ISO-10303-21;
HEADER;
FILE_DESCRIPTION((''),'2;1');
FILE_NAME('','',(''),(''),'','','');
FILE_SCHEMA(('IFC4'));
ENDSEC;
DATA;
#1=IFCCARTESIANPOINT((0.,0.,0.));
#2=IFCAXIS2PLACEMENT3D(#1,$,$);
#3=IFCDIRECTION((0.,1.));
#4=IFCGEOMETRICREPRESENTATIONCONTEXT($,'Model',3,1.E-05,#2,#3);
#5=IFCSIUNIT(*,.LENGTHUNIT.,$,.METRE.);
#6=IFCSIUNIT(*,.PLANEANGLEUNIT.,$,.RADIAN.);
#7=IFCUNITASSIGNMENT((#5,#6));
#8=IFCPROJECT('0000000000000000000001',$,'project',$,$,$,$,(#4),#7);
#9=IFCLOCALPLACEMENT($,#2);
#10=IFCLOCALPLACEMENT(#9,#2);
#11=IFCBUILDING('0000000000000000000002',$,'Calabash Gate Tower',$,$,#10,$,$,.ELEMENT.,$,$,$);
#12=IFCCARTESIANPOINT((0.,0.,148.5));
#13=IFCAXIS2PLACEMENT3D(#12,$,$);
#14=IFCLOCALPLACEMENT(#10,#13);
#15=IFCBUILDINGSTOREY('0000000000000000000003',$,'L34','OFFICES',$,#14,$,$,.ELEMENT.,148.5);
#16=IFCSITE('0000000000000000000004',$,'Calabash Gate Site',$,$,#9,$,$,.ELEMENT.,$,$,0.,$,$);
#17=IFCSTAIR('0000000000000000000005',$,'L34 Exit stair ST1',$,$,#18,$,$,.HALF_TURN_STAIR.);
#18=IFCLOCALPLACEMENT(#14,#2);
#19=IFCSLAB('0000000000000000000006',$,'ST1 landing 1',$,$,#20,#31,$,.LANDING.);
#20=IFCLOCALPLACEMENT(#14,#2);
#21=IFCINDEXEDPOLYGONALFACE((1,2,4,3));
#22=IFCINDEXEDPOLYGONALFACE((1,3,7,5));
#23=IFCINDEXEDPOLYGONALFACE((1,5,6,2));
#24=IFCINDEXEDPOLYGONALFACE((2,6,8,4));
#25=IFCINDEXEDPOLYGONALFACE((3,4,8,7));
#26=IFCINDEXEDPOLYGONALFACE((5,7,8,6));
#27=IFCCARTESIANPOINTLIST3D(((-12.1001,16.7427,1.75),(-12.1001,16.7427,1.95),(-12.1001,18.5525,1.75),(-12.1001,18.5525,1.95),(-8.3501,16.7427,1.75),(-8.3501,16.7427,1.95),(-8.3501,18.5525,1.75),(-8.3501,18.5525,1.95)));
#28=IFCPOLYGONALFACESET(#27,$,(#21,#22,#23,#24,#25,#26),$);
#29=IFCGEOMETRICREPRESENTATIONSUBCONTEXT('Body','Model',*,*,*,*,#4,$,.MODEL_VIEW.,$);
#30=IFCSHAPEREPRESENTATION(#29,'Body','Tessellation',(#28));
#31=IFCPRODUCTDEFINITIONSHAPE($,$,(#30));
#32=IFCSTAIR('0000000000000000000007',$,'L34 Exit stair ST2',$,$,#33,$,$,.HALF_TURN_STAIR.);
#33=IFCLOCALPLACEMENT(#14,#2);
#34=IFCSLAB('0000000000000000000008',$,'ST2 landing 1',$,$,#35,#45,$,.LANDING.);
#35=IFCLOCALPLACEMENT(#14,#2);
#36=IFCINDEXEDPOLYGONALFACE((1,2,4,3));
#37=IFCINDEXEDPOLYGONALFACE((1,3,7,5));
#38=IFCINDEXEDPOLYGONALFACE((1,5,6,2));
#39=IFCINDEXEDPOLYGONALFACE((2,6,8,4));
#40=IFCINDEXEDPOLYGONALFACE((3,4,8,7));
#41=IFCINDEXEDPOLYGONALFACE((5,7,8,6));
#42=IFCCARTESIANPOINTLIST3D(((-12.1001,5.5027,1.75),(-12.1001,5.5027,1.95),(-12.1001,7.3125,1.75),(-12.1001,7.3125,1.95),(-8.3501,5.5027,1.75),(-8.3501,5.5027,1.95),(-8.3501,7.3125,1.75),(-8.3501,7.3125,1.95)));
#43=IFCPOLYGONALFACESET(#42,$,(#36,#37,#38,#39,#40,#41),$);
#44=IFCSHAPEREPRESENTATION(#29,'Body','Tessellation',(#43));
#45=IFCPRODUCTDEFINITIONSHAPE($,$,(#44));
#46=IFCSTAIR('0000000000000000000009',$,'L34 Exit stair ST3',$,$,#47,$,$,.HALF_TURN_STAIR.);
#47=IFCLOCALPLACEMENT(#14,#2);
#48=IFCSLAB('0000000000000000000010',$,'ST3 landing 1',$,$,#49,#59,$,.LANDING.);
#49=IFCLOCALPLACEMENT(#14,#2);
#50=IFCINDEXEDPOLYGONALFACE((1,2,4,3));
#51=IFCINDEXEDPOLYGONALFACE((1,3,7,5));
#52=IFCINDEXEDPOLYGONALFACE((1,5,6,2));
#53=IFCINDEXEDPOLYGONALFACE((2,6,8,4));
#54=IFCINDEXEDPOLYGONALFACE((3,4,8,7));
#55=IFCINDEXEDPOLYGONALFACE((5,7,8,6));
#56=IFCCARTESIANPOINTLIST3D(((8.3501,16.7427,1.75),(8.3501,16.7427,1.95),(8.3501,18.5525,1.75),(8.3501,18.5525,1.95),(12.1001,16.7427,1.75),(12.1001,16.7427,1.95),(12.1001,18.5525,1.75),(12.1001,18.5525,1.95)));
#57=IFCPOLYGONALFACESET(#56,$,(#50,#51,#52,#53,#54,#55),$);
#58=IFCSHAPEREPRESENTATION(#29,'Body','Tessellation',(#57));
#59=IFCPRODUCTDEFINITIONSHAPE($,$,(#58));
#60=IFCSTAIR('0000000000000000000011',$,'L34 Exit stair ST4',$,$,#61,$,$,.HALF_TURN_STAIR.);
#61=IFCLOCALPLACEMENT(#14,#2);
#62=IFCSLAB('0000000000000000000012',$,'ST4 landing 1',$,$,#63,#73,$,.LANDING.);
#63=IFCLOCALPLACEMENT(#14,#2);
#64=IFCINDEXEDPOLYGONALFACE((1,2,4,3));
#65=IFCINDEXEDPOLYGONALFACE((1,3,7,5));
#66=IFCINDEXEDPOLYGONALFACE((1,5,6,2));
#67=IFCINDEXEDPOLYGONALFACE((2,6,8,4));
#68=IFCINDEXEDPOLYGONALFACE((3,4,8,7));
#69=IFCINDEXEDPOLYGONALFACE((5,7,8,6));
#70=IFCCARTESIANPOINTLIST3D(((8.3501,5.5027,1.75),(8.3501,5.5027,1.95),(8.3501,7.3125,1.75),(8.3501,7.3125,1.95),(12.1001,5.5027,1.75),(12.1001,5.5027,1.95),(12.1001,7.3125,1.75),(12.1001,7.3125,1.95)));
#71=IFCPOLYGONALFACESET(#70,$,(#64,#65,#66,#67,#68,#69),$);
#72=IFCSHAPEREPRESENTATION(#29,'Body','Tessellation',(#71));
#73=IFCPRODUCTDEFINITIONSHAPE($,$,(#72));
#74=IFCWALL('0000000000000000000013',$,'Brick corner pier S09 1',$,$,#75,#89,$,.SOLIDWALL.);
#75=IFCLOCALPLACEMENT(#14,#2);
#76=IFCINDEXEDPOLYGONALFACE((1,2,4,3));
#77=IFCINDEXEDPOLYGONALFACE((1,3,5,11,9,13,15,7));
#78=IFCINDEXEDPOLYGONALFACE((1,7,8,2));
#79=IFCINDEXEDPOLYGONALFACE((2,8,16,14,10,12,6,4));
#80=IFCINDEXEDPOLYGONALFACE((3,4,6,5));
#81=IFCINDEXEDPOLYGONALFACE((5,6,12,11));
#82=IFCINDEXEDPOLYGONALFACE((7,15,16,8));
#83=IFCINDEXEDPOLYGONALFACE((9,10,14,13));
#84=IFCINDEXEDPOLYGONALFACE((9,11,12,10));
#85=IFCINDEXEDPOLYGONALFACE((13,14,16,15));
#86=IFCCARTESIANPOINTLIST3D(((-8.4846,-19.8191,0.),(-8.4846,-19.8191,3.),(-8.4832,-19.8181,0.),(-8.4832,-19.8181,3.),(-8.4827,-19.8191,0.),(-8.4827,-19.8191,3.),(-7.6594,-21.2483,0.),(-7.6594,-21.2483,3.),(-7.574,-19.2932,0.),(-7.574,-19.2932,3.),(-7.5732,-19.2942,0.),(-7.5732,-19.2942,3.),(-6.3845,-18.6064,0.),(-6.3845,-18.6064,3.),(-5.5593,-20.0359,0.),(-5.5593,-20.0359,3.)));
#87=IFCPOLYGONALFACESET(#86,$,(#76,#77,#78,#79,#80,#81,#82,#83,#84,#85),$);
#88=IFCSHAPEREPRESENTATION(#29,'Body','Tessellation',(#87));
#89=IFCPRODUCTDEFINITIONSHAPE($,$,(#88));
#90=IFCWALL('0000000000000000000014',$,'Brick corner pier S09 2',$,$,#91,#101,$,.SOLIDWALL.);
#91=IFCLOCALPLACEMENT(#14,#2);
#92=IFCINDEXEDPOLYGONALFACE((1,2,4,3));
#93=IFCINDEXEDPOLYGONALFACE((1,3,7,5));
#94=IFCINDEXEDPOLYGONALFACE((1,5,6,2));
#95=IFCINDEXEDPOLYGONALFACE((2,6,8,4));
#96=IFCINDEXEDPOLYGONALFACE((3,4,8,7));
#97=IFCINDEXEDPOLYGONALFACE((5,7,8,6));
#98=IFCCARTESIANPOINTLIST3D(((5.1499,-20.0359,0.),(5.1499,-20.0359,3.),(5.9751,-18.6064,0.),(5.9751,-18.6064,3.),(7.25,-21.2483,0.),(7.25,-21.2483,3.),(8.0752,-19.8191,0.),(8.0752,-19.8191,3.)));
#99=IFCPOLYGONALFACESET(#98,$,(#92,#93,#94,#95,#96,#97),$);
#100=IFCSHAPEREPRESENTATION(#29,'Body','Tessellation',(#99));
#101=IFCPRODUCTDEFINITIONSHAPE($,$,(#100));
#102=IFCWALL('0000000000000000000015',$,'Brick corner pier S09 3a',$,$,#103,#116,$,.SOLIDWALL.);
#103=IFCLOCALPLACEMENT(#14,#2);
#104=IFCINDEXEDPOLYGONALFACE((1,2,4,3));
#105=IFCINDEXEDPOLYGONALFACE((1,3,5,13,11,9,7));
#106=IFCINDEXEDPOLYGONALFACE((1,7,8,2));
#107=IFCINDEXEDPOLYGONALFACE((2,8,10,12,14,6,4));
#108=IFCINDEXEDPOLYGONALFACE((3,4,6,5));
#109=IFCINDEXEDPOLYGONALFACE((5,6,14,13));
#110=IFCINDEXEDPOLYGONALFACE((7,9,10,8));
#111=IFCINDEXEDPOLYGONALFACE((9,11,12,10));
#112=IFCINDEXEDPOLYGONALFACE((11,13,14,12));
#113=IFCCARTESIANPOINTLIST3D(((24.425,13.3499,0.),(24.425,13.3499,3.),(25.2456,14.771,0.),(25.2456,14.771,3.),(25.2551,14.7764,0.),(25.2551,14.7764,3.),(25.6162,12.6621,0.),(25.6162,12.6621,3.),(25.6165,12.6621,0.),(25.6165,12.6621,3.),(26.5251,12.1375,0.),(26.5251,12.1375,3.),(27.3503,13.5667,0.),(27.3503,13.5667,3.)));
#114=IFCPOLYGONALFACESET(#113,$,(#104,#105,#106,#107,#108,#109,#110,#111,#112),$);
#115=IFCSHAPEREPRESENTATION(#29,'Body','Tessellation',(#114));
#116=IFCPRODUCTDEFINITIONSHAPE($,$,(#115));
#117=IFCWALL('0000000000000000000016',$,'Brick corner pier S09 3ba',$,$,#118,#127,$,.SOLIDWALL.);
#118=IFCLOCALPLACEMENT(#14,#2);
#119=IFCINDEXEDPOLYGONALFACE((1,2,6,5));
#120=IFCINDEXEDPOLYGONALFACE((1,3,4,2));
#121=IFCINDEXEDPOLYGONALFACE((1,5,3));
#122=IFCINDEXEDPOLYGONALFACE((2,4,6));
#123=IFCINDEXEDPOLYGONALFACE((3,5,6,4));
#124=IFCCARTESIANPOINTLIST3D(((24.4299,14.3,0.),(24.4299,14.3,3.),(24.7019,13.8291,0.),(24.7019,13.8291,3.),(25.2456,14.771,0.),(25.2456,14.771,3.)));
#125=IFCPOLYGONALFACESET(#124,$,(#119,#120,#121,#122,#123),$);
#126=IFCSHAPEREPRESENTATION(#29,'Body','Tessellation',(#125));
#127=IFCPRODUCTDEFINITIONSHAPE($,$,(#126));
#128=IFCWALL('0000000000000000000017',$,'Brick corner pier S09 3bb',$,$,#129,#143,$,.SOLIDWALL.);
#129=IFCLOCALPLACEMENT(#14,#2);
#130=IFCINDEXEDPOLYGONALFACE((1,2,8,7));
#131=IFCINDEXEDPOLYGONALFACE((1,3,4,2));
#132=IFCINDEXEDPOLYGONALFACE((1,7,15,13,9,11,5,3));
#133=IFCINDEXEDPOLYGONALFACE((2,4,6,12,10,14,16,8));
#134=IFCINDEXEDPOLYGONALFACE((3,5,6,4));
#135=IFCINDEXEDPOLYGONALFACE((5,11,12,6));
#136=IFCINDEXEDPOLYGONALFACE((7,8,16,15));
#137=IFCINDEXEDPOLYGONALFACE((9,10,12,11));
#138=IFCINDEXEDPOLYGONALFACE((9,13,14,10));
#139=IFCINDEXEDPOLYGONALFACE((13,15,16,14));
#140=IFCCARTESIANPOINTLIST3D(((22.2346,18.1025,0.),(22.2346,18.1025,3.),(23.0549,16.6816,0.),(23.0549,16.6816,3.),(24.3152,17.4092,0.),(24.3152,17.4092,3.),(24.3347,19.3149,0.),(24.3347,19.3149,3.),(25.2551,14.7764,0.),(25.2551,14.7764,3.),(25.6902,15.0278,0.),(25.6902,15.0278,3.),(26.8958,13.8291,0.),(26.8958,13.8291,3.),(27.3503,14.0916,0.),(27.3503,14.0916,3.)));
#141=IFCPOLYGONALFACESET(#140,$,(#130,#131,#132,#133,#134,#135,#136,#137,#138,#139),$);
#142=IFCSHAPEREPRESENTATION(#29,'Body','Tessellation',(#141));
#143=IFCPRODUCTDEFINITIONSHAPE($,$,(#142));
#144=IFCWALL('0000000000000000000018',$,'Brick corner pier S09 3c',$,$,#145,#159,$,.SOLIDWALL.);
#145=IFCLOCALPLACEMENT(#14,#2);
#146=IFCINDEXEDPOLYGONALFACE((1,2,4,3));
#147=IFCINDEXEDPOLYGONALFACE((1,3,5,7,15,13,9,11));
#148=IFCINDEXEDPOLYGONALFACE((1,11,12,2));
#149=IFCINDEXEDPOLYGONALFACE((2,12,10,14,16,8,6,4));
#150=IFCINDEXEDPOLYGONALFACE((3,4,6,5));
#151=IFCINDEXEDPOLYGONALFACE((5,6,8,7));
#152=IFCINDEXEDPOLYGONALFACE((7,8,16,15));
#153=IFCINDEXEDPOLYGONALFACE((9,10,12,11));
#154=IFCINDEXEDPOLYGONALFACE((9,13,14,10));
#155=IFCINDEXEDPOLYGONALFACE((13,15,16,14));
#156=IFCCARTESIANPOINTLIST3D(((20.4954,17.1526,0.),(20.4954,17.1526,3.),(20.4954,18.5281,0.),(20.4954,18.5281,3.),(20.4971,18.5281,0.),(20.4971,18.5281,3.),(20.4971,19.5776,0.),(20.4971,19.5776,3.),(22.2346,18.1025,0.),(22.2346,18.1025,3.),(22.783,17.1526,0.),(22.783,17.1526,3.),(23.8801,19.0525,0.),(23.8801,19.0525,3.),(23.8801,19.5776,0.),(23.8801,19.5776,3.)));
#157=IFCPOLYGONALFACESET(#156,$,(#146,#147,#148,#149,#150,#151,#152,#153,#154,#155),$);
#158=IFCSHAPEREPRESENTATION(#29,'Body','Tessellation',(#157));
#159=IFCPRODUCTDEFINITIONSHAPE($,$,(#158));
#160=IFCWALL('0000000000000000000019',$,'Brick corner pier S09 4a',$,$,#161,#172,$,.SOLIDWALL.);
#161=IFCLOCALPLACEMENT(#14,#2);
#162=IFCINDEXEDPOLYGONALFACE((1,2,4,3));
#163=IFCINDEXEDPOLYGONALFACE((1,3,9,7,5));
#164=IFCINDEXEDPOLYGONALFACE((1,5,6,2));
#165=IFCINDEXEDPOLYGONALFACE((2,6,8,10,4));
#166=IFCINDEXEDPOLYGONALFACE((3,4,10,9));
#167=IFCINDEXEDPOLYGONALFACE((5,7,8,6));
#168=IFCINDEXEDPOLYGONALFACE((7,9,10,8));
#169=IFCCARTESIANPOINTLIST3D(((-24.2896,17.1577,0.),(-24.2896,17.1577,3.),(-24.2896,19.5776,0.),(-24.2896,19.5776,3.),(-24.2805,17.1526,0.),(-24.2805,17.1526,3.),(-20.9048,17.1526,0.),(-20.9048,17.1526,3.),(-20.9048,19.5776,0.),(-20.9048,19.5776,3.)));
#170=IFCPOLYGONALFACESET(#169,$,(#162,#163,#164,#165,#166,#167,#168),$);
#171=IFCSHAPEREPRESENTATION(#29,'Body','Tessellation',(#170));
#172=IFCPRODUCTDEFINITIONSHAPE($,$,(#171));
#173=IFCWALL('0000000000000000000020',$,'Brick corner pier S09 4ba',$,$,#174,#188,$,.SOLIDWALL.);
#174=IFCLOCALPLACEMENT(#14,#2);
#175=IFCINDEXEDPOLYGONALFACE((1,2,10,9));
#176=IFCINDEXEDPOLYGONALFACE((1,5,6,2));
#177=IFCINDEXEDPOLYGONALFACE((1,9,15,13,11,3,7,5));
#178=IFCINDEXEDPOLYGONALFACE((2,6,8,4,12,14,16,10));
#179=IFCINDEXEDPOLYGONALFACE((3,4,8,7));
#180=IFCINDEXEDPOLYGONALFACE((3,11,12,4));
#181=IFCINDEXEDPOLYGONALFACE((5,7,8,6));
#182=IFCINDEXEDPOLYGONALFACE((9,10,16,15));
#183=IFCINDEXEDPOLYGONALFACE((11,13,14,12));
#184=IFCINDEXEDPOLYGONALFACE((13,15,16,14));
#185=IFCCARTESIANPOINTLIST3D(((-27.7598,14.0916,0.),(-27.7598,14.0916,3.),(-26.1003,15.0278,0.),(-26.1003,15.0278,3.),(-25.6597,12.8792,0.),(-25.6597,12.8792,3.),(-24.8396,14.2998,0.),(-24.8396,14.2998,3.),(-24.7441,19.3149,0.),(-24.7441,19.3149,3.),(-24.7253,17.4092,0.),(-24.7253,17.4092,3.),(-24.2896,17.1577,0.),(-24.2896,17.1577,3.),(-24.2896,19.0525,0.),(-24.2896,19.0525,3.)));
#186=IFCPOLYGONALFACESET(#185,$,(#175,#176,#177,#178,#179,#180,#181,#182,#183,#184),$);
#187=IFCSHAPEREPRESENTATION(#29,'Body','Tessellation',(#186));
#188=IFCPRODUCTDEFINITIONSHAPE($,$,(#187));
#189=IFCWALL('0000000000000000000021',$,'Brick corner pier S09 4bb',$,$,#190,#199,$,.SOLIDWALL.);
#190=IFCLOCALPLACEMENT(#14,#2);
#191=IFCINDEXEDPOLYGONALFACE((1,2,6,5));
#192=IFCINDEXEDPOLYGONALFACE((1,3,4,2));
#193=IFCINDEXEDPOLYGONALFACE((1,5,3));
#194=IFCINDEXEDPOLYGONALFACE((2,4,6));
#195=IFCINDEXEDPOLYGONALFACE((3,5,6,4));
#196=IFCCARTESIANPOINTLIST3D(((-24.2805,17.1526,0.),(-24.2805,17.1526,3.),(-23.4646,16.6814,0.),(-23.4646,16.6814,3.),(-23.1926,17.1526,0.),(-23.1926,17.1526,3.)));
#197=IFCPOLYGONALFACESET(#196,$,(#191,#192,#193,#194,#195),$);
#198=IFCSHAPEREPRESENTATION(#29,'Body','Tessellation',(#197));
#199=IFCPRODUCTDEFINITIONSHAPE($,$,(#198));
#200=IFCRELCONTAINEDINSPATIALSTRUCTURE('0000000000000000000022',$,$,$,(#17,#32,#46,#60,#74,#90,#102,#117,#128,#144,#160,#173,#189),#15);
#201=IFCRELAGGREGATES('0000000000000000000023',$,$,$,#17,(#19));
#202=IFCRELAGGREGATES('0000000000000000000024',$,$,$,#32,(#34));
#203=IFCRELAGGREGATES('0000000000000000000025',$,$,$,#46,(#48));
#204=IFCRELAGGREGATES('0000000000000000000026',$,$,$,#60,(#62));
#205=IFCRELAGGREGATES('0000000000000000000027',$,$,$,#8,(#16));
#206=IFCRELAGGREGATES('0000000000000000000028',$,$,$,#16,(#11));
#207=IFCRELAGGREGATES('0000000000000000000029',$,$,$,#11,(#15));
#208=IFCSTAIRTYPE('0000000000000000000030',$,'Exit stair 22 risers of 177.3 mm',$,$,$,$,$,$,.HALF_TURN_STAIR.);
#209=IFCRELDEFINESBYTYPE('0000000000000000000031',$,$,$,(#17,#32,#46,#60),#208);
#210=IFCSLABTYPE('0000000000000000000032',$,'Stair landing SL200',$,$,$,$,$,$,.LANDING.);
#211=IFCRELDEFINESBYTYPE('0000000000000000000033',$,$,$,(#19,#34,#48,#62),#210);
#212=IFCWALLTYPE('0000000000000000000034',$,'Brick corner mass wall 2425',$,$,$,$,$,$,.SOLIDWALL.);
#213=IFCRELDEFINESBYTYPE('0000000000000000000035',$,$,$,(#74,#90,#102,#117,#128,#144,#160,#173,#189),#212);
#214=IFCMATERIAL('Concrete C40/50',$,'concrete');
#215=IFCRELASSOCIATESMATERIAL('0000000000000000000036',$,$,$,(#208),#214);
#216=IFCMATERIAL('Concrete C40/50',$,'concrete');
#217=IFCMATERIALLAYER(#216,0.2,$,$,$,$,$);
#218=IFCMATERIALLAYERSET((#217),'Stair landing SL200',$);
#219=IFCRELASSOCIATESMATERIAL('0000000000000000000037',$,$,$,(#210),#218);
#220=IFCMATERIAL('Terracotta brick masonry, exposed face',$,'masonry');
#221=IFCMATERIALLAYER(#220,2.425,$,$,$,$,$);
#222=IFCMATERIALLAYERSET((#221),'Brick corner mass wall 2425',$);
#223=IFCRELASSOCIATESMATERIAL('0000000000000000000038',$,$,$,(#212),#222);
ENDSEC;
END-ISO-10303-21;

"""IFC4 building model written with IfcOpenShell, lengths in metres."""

from ifc_helpers import new_model, si_unit, direction, frame, origin, place, context, subcontext, project, spatial, polyline, outline, extrude, material, layer, layer_set, type_object, element, aggregate, save


model = new_model("IFC4")

# Units and contexts
model_context = context("Model", 3, precision=1e-05, world=origin(), true_north=direction((0.0, 1.0)))
body_context = subcontext(model_context, "Body", "Model", "MODEL_VIEW")
ifc_project = project(units=[si_unit("LENGTHUNIT", "METRE"), si_unit("PLANEANGLEUNIT", "RADIAN")], contexts=[model_context])

# Site, building, storey
site_placement = place(None, origin())
site = spatial("IfcSite", under=ifc_project, at=site_placement, Name="Calabash Gate Site", CompositionType="ELEMENT", RefElevation=0.0)
building_placement = place(site_placement, origin())
building = spatial("IfcBuilding", under=site, at=building_placement, Name="Calabash Gate Tower", CompositionType="ELEMENT")
storey_placement = place(building_placement, frame((0.0, 0.0, 148.5)))
storey = spatial("IfcBuildingStorey", under=building, at=storey_placement, Name="L34", Description="OFFICES", CompositionType="ELEMENT", Elevation=148.5)

# Stairs, slabs
ifc_material_1 = material(Name="Concrete C40/50", Category="concrete")
stair_type = type_object("IfcStairType", Name="Exit stair 22 risers of 177.3 mm", PredefinedType="HALF_TURN_STAIR", material=ifc_material_1)
stair_1_placement = place(storey_placement, origin())
stair_1 = element("IfcStair", 1, at=stair_1_placement, inside=storey, type_object=stair_type, Name="L34 Exit stair ST1", PredefinedType="HALF_TURN_STAIR")
ifc_material_2 = material(Name="Concrete C40/50", Category="concrete")
ifc_layer_1 = layer(ifc_material_2, 0.2)
ifc_layer_set_1 = layer_set([ifc_layer_1], Name="Stair landing SL200")
slab_type = type_object("IfcSlabType", Name="Stair landing SL200", PredefinedType="LANDING", material=ifc_layer_set_1)
slab_1_placement = place(storey_placement, frame((0.0, 0.0, 1.75)))
slab_1 = element("IfcSlab", 2, at=slab_1_placement, type_object=slab_type, Name="ST1 landing 1", PredefinedType="LANDING", context=body_context, shape_type="SweptSolid", body=[
    extrude(outline(polyline([(-8.3501, 16.7427), (-8.3501, 18.5525), (-12.1001, 18.5525), (-12.1001, 16.7427), (-8.3501, 16.7427)])), origin(), (0.0, 0.0, 1.0), 0.2),
])
aggregate(stair_1, [slab_1])
stair_2_placement = place(storey_placement, origin())
stair_2 = element("IfcStair", 3, at=stair_2_placement, inside=storey, type_object=stair_type, Name="L34 Exit stair ST2", PredefinedType="HALF_TURN_STAIR")
slab_2_placement = place(storey_placement, frame((0.0, 0.0, 1.75)))
slab_2 = element("IfcSlab", 4, at=slab_2_placement, type_object=slab_type, Name="ST2 landing 1", PredefinedType="LANDING", context=body_context, shape_type="SweptSolid", body=[
    extrude(outline(polyline([(-12.1001, 7.3125), (-12.1001, 5.5027), (-8.3501, 5.5027), (-8.3501, 7.3125), (-12.1001, 7.3125)])), origin(), (0.0, 0.0, 1.0), 0.2),
])
aggregate(stair_2, [slab_2])
stair_3_placement = place(storey_placement, origin())
stair_3 = element("IfcStair", 5, at=stair_3_placement, inside=storey, type_object=stair_type, Name="L34 Exit stair ST3", PredefinedType="HALF_TURN_STAIR")
slab_3_placement = place(storey_placement, frame((0.0, 0.0, 1.75)))
slab_3 = element("IfcSlab", 6, at=slab_3_placement, type_object=slab_type, Name="ST3 landing 1", PredefinedType="LANDING", context=body_context, shape_type="SweptSolid", body=[
    extrude(outline(polyline([(12.1001, 16.7427), (12.1001, 18.5525), (8.3501, 18.5525), (8.3501, 16.7427), (12.1001, 16.7427)])), origin(), (0.0, 0.0, 1.0), 0.2),
])
aggregate(stair_3, [slab_3])
stair_4_placement = place(storey_placement, origin())
stair_4 = element("IfcStair", 7, at=stair_4_placement, inside=storey, type_object=stair_type, Name="L34 Exit stair ST4", PredefinedType="HALF_TURN_STAIR")
slab_4_placement = place(storey_placement, frame((0.0, 0.0, 1.75)))
slab_4 = element("IfcSlab", 8, at=slab_4_placement, type_object=slab_type, Name="ST4 landing 1", PredefinedType="LANDING", context=body_context, shape_type="SweptSolid", body=[
    extrude(outline(polyline([(8.3501, 7.3125), (8.3501, 5.5027), (12.1001, 5.5027), (12.1001, 7.3125), (8.3501, 7.3125)])), origin(), (0.0, 0.0, 1.0), 0.2),
])
aggregate(stair_4, [slab_4])

# Walls
ifc_material_3 = material(Name="Terracotta brick masonry, exposed face", Category="masonry")
ifc_layer_2 = layer(ifc_material_3, 2.425)
ifc_layer_set_2 = layer_set([ifc_layer_2], Name="Brick corner mass wall 2425")
wall_type_1 = type_object("IfcWallType", Name="Brick corner mass wall 2425", PredefinedType="SOLIDWALL", material=ifc_layer_set_2)
wall_1_placement = place(storey_placement, origin())
element("IfcWall", 9, at=wall_1_placement, inside=storey, type_object=wall_type_1, Name="Brick corner pier S09 1", PredefinedType="SOLIDWALL", context=body_context, shape_type="SweptSolid", body=[
    extrude(outline(polyline([(-5.5593, -20.0359), (-6.3845, -18.6064), (-7.574, -19.2932), (-7.5732, -19.2942), (-8.4827, -19.8191), (-8.4832, -19.8181), (-8.4846, -19.8191), (-7.6594, -21.2483), (-5.5593, -20.0359)])), origin(), (0.0, 0.0, 1.0), 3.0),
])
wall_2_placement = place(storey_placement, origin())
element("IfcWall", 10, at=wall_2_placement, inside=storey, type_object=wall_type_1, Name="Brick corner pier S09 2", PredefinedType="SOLIDWALL", context=body_context, shape_type="SweptSolid", body=[
    extrude(outline(polyline([(8.0752, -19.8191), (5.9751, -18.6064), (5.1499, -20.0359), (7.25, -21.2483), (8.0752, -19.8191)])), origin(), (0.0, 0.0, 1.0), 3.0),
])
wall_3_placement = place(storey_placement, origin())
element("IfcWall", 11, at=wall_3_placement, inside=storey, type_object=wall_type_1, Name="Brick corner pier S09 3a", PredefinedType="SOLIDWALL", context=body_context, shape_type="SweptSolid", body=[
    extrude(outline(polyline([(25.2456, 14.771), (24.425, 13.3499), (25.6162, 12.6621), (25.6165, 12.6621), (26.5251, 12.1375), (27.3503, 13.5667), (25.2551, 14.7764), (25.2456, 14.771)])), origin(), (0.0, 0.0, 1.0), 3.0),
])
wall_4_placement = place(storey_placement, origin())
element("IfcWall", 12, at=wall_4_placement, inside=storey, type_object=wall_type_1, Name="Brick corner pier S09 3ba", PredefinedType="SOLIDWALL", context=body_context, shape_type="SweptSolid", body=[
    extrude(outline(polyline([(25.2456, 14.771), (24.4299, 14.3), (24.7019, 13.8291), (25.2456, 14.771)])), origin(), (0.0, 0.0, 1.0), 3.0),
])
wall_5_placement = place(storey_placement, origin())
element("IfcWall", 13, at=wall_5_placement, inside=storey, type_object=wall_type_1, Name="Brick corner pier S09 3bb", PredefinedType="SOLIDWALL", context=body_context, shape_type="SweptSolid", body=[
    extrude(outline(polyline([(24.3152, 17.4092), (25.6902, 15.0278), (25.2551, 14.7764), (26.8958, 13.8291), (27.3503, 14.0916), (24.3347, 19.3149), (22.2346, 18.1025), (23.0549, 16.6816), (24.3152, 17.4092)])), origin(), (0.0, 0.0, 1.0), 3.0),
])
wall_6_placement = place(storey_placement, origin())
element("IfcWall", 14, at=wall_6_placement, inside=storey, type_object=wall_type_1, Name="Brick corner pier S09 3c", PredefinedType="SOLIDWALL", context=body_context, shape_type="SweptSolid", body=[
    extrude(outline(polyline([(20.4954, 18.5281), (20.4954, 17.1526), (22.783, 17.1526), (22.2346, 18.1025), (23.8801, 19.0525), (23.8801, 19.5776), (20.4971, 19.5776), (20.4971, 18.5281), (20.4954, 18.5281)])), origin(), (0.0, 0.0, 1.0), 3.0),
])
wall_7_placement = place(storey_placement, origin())
element("IfcWall", 15, at=wall_7_placement, inside=storey, type_object=wall_type_1, Name="Brick corner pier S09 4a", PredefinedType="SOLIDWALL", context=body_context, shape_type="SweptSolid", body=[
    extrude(outline(polyline([(-24.2805, 17.1526), (-20.9048, 17.1526), (-20.9048, 19.5776), (-24.2896, 19.5776), (-24.2896, 17.1577), (-24.2805, 17.1526)])), origin(), (0.0, 0.0, 1.0), 3.0),
])
wall_8_placement = place(storey_placement, origin())
element("IfcWall", 16, at=wall_8_placement, inside=storey, type_object=wall_type_1, Name="Brick corner pier S09 4ba", PredefinedType="SOLIDWALL", context=body_context, shape_type="SweptSolid", body=[
    extrude(outline(polyline([(-24.8396, 14.2998), (-26.1003, 15.0278), (-24.7253, 17.4092), (-24.2896, 17.1577), (-24.2896, 19.0525), (-24.7441, 19.3149), (-27.7598, 14.0916), (-25.6597, 12.8792), (-24.8396, 14.2998)])), origin(), (0.0, 0.0, 1.0), 3.0),
])
wall_9_placement = place(storey_placement, origin())
element("IfcWall", 17, at=wall_9_placement, inside=storey, type_object=wall_type_1, Name="Brick corner pier S09 4bb", PredefinedType="SOLIDWALL", context=body_context, shape_type="SweptSolid", body=[
    extrude(outline(polyline([(-23.1926, 17.1526), (-24.2805, 17.1526), (-23.4646, 16.6814), (-23.1926, 17.1526)])), origin(), (0.0, 0.0, 1.0), 3.0),
])

save(model, "model.ifc")
